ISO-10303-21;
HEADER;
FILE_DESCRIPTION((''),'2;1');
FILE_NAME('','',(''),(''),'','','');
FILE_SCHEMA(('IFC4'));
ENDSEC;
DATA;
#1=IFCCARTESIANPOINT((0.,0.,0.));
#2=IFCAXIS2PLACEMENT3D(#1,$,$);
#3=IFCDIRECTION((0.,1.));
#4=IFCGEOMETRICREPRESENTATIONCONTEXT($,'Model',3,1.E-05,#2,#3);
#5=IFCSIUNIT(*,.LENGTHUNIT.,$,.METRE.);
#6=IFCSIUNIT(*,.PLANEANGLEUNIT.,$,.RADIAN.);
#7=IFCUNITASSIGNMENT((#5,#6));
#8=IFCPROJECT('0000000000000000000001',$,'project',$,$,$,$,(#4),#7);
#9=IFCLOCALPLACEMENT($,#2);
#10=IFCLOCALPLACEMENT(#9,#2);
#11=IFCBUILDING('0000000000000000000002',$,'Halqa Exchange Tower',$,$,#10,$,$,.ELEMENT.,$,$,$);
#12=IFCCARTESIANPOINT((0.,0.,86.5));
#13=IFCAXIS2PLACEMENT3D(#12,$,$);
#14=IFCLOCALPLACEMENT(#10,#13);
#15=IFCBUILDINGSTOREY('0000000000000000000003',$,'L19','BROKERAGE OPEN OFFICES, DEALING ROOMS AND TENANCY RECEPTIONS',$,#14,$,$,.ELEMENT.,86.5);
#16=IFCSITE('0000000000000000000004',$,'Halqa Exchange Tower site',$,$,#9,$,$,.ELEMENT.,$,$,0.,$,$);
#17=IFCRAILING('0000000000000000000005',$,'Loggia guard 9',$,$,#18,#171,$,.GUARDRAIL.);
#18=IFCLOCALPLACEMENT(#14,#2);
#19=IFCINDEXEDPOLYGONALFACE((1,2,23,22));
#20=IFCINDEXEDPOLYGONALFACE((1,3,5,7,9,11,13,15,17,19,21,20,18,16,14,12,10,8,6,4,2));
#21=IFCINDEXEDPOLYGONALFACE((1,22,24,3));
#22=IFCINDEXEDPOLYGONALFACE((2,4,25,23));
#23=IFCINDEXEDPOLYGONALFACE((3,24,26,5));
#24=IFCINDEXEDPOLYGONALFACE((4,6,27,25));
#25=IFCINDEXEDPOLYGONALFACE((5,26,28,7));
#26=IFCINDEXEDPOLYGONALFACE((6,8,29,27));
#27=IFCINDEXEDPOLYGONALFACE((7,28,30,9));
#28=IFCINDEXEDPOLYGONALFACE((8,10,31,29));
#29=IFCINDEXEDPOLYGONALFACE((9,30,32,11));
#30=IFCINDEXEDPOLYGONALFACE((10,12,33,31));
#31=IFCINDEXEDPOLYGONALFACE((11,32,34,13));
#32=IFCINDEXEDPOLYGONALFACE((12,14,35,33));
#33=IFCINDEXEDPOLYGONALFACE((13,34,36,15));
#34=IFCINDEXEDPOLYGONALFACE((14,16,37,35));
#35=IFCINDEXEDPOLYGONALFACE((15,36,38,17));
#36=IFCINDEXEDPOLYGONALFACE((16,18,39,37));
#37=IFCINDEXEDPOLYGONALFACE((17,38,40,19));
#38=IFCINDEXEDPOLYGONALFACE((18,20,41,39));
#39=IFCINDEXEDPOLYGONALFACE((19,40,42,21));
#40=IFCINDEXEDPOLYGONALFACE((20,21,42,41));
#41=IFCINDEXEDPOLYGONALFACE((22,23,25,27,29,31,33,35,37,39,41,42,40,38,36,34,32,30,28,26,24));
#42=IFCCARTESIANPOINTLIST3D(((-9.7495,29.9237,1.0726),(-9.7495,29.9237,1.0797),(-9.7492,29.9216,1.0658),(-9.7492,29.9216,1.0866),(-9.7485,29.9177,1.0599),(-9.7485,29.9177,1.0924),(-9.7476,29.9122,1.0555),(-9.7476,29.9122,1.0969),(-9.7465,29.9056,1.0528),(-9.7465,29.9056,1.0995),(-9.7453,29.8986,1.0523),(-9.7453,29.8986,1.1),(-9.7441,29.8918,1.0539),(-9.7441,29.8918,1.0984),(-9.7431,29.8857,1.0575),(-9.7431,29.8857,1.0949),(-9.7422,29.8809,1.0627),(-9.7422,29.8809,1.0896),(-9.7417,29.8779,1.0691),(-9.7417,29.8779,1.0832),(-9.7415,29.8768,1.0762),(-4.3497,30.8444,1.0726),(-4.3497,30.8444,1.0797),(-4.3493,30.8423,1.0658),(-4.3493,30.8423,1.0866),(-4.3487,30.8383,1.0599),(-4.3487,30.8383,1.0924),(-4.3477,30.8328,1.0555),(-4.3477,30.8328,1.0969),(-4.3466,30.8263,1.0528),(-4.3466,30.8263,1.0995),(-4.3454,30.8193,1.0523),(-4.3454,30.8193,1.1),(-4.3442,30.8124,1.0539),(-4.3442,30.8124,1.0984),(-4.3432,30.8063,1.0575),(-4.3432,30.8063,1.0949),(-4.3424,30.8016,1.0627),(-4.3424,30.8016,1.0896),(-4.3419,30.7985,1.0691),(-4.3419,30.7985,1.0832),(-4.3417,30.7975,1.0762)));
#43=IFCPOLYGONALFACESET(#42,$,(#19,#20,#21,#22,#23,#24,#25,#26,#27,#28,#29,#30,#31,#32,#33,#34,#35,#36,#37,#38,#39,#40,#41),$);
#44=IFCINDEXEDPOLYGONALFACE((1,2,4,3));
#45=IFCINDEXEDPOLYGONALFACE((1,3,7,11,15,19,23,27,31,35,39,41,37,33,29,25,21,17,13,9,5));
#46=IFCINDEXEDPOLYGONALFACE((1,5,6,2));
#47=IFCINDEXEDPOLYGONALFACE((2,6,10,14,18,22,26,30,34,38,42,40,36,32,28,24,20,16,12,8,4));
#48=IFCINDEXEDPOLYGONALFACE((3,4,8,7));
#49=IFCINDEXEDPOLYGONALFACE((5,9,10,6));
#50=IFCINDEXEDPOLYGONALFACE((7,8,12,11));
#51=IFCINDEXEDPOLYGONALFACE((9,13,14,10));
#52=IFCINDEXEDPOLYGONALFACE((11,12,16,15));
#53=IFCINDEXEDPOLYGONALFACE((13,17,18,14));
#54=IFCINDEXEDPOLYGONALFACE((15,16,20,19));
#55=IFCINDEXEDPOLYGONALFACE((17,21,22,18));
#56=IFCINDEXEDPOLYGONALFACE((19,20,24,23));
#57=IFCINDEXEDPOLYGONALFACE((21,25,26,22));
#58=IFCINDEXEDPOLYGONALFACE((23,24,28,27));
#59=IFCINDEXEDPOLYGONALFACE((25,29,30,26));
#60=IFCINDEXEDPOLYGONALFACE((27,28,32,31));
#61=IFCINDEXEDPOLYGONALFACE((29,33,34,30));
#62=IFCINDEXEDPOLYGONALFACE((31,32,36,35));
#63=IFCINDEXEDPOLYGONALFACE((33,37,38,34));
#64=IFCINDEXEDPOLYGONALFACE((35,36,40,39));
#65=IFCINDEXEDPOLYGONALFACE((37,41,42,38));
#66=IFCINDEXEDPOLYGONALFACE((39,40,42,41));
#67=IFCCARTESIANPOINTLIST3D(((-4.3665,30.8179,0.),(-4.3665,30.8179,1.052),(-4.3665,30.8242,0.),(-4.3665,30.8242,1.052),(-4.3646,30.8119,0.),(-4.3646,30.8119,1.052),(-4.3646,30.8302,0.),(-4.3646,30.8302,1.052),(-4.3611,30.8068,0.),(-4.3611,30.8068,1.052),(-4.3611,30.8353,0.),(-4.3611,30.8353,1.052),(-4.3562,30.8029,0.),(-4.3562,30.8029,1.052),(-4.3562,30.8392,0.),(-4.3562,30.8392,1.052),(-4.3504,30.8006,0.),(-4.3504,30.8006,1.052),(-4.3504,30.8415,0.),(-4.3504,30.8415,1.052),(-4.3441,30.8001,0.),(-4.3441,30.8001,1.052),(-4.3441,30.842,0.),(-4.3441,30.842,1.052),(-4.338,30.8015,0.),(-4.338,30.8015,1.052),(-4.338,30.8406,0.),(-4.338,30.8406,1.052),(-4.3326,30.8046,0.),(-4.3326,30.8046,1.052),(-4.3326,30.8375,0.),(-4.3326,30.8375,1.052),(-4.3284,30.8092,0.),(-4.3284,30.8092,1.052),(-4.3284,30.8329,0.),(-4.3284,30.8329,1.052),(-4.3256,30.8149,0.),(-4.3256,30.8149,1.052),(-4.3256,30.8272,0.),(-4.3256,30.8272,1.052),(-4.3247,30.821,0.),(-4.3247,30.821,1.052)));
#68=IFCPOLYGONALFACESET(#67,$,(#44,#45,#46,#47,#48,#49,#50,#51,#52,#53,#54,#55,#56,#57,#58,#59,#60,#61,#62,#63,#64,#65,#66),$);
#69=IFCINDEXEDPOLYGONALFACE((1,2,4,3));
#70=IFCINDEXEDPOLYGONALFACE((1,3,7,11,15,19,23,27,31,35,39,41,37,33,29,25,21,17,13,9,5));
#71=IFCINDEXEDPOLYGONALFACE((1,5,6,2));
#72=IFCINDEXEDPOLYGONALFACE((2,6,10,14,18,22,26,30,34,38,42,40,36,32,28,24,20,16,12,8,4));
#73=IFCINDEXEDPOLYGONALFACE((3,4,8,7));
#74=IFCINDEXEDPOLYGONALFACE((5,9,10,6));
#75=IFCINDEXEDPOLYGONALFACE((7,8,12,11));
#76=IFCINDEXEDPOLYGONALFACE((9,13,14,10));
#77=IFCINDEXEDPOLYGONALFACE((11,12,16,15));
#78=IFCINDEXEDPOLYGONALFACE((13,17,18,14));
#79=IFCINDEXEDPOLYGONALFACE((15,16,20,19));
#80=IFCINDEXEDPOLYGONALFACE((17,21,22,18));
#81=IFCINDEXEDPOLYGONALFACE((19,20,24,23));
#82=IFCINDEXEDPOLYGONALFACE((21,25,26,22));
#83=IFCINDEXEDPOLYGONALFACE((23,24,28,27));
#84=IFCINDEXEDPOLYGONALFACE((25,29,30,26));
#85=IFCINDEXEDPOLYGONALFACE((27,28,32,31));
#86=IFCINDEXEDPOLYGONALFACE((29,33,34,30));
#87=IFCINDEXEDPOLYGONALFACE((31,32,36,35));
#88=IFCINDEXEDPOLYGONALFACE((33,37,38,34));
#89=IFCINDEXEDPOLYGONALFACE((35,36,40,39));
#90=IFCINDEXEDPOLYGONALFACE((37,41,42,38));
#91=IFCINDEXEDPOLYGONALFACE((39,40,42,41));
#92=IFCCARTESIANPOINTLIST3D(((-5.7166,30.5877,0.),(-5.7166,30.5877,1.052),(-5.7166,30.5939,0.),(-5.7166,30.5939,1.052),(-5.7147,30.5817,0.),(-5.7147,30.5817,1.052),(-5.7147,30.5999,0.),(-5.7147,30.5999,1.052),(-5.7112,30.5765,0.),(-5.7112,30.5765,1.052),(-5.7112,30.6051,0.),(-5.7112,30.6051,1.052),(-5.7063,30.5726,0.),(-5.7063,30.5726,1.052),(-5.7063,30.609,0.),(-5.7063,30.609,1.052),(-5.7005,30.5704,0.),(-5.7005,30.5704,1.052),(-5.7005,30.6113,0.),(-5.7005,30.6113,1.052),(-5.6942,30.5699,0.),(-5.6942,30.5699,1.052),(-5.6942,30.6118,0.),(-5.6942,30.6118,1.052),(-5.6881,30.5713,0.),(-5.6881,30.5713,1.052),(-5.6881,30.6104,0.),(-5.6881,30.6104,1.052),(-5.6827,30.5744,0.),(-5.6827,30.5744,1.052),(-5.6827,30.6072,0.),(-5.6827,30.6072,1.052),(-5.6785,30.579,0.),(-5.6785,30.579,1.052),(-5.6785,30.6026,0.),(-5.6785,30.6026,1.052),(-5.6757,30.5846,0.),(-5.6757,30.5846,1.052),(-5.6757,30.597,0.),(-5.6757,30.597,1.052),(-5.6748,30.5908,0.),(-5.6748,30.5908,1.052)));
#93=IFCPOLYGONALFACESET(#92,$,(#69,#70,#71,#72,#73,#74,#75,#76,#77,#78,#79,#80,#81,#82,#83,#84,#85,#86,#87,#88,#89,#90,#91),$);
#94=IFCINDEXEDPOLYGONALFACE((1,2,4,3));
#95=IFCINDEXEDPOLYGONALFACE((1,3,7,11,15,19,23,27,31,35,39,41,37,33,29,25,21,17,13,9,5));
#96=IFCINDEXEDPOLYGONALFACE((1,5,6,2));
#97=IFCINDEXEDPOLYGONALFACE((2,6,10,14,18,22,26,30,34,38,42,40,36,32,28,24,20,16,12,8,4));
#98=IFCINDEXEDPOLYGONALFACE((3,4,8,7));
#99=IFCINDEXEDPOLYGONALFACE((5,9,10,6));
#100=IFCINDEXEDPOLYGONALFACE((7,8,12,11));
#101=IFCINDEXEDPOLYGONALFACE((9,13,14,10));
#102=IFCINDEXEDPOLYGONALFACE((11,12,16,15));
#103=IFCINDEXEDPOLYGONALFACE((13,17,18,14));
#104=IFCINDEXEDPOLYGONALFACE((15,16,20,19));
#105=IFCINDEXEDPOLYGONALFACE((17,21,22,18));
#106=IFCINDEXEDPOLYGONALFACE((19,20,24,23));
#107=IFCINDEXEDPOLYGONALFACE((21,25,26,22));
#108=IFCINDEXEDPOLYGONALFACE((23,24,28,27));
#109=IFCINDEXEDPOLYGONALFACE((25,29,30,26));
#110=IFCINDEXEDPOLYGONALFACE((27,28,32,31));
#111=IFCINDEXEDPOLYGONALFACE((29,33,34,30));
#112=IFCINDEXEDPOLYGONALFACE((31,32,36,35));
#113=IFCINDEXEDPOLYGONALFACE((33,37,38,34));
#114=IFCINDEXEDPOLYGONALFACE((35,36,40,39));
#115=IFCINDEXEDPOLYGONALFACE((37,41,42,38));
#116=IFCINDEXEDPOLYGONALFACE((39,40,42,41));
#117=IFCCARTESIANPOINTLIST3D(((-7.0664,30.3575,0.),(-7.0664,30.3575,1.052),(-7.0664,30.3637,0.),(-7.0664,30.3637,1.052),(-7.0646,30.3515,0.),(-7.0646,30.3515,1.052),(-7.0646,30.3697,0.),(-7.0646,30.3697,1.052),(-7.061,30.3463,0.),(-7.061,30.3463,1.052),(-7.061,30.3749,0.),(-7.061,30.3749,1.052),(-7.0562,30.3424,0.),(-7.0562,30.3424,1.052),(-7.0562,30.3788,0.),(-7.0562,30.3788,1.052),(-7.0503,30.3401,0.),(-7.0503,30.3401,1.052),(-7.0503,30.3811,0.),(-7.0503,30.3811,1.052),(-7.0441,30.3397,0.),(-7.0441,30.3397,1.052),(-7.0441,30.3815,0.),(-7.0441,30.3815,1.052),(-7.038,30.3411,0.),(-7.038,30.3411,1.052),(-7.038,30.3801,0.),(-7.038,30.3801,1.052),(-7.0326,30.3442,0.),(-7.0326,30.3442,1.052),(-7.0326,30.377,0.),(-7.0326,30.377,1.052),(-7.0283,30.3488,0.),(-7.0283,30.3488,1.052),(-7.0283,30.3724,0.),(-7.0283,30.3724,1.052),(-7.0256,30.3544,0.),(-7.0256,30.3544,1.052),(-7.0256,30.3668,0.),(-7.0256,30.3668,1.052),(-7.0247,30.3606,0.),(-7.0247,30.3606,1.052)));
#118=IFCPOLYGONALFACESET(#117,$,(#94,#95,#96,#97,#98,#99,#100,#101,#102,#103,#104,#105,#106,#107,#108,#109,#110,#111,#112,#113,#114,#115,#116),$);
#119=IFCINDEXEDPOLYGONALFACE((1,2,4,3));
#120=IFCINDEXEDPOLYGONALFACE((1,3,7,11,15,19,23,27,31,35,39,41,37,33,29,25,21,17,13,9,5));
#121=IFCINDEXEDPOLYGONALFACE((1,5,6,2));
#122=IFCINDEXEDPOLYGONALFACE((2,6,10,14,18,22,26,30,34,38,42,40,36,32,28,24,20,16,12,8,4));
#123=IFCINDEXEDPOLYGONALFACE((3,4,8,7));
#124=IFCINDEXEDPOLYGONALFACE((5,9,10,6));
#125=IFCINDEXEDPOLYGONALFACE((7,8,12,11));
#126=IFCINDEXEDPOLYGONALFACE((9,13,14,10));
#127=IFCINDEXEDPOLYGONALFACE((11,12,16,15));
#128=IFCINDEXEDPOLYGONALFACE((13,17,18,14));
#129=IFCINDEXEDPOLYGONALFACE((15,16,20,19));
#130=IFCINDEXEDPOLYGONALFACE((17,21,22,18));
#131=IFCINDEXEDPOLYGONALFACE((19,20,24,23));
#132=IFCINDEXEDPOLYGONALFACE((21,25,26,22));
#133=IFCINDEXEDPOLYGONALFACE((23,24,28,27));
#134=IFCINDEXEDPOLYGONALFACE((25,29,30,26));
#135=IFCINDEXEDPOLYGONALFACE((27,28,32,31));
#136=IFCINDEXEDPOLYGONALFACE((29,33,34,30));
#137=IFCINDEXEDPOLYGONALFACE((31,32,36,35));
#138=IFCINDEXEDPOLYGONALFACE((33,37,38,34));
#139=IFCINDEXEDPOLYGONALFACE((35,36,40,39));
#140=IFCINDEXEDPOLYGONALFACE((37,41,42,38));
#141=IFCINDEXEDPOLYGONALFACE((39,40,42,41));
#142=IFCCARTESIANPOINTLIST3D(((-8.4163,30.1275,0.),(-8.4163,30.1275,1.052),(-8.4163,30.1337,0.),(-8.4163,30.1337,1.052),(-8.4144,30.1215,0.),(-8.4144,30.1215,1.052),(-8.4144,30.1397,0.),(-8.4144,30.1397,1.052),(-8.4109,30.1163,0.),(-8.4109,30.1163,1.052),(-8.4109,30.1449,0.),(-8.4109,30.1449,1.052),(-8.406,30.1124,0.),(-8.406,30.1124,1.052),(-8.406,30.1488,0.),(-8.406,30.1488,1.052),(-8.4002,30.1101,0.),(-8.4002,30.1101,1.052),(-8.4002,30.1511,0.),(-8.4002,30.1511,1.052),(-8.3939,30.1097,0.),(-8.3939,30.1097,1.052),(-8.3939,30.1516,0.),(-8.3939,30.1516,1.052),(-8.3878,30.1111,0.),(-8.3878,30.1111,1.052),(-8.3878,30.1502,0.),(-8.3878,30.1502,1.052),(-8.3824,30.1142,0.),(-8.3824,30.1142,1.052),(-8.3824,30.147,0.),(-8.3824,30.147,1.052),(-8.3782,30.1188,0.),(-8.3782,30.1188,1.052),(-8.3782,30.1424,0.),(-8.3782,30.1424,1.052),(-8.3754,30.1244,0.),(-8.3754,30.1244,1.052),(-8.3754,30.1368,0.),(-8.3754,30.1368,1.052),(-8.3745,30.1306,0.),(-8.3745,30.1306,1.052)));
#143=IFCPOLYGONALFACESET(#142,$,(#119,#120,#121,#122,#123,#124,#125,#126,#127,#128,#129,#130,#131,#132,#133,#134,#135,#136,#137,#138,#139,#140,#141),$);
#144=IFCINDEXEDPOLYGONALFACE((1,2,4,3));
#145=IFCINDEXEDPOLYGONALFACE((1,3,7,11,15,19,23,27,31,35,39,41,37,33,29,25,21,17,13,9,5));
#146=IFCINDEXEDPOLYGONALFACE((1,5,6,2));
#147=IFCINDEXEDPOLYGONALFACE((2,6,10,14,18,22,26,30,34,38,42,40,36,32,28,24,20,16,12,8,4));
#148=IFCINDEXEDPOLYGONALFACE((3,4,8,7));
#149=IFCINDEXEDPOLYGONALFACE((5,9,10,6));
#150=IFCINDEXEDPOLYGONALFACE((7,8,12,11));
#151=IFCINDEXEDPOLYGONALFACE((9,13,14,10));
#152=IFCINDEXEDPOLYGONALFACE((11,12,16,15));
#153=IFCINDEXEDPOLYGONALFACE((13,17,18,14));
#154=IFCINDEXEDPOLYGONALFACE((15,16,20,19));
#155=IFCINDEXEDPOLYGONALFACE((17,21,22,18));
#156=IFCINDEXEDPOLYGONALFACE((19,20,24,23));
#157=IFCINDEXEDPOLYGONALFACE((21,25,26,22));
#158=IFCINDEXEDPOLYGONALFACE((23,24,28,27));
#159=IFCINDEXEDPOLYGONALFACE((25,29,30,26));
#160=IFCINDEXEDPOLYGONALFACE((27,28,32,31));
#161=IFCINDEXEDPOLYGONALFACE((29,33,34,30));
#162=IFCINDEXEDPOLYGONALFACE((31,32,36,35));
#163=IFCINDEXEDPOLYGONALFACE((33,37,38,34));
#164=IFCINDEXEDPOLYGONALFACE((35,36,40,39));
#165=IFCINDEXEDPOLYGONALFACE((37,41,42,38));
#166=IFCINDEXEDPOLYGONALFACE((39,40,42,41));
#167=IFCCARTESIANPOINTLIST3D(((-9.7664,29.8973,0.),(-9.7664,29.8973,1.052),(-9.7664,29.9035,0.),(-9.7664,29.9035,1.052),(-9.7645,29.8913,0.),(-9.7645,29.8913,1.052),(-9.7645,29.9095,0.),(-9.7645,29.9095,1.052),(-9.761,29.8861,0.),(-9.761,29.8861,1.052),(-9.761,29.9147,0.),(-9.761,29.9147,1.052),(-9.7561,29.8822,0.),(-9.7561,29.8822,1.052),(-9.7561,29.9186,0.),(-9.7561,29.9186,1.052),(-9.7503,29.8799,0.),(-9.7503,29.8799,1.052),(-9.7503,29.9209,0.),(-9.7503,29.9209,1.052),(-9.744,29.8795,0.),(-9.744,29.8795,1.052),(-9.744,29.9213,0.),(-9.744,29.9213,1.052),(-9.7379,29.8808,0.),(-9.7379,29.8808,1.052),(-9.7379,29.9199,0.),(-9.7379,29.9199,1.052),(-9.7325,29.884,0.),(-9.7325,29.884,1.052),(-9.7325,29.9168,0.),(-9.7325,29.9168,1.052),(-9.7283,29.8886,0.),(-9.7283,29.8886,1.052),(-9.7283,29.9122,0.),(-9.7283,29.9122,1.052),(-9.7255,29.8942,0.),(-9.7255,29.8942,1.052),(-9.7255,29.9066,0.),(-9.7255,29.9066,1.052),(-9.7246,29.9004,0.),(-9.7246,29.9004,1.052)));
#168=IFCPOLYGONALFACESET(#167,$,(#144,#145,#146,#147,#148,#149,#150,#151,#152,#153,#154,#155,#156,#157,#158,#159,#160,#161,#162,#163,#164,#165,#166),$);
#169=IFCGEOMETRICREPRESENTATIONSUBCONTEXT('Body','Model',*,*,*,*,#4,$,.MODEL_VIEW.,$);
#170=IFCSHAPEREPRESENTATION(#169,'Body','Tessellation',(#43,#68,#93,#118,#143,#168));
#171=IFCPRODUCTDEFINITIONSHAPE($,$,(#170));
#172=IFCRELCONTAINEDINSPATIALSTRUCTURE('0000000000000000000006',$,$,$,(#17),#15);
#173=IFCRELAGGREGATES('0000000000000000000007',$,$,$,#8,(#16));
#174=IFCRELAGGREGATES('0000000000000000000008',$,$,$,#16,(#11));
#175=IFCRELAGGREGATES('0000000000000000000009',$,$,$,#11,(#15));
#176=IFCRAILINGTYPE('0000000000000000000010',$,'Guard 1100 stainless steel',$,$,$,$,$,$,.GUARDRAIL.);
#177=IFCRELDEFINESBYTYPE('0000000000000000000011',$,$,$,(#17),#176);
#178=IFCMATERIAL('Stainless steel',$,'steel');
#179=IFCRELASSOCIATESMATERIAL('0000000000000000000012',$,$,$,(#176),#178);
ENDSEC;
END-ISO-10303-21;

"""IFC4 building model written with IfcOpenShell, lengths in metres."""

from ifc_helpers import new_model, si_unit, direction, frame, origin, origin_2d, place, context, subcontext, project, spatial, circle, extrude, material, type_object, element, save


model = new_model("IFC4")

# Units and contexts
model_context = context("Model", 3, precision=1e-05, world=origin(), true_north=direction((0.0, 1.0)))
body_context = subcontext(model_context, "Body", "Model", "MODEL_VIEW")
ifc_project = project(units=[si_unit("LENGTHUNIT", "METRE"), si_unit("PLANEANGLEUNIT", "RADIAN")], contexts=[model_context])

# Site, building, storey
site_placement = place(None, origin())
site = spatial("IfcSite", under=ifc_project, at=site_placement, Name="Halqa Exchange Tower site", CompositionType="ELEMENT", RefElevation=0.0)
building_placement = place(site_placement, origin())
building = spatial("IfcBuilding", under=site, at=building_placement, Name="Halqa Exchange Tower", CompositionType="ELEMENT")
storey_placement = place(building_placement, frame((0.0, 0.0, 86.5)))
storey = spatial("IfcBuildingStorey", under=building, at=storey_placement, Name="L19", Description="BROKERAGE OPEN OFFICES, DEALING ROOMS AND TENANCY RECEPTIONS", CompositionType="ELEMENT", Elevation=86.5)

# Railing
ifc_material_1 = material(Name="Stainless steel", Category="steel")
railing_type_1 = type_object("IfcRailingType", Name="Guard 1100 stainless steel", PredefinedType="GUARDRAIL", material=ifc_material_1)
railing_1_placement = place(storey_placement, frame((-4.3457, 30.821, 0.0)))
element("IfcRailing", 1, at=railing_1_placement, inside=storey, type_object=railing_type_1, Name="Loggia guard 9", PredefinedType="GUARDRAIL", context=body_context, shape_type="SweptSolid", body=[
    extrude(circle(Radius=0.0239, at=origin_2d()), frame((0.0, 0.0, 1.0762), z_axis=(-0.985775, -0.168069, 0.0), x_axis=(0.168069, -0.985775, 0.0)), (0.0, 0.0, 1.0), 5.4778),
    extrude(circle(Radius=0.021, at=origin_2d()), origin(), (0.0, 0.0, 1.0), 1.052),
    extrude(circle(Radius=0.021, at=origin_2d()), frame((-1.3501, -0.2302, 0.0)), (0.0, 0.0, 1.0), 1.052),
    extrude(circle(Radius=0.021, at=origin_2d()), frame((-2.7, -0.4604, 0.0)), (0.0, 0.0, 1.0), 1.052),
    extrude(circle(Radius=0.021, at=origin_2d()), frame((-4.0498, -0.6904, 0.0)), (0.0, 0.0, 1.0), 1.052),
    extrude(circle(Radius=0.021, at=origin_2d()), frame((-5.3999, -0.9207, 0.0)), (0.0, 0.0, 1.0), 1.052),
])

save(model, "model.ifc")
